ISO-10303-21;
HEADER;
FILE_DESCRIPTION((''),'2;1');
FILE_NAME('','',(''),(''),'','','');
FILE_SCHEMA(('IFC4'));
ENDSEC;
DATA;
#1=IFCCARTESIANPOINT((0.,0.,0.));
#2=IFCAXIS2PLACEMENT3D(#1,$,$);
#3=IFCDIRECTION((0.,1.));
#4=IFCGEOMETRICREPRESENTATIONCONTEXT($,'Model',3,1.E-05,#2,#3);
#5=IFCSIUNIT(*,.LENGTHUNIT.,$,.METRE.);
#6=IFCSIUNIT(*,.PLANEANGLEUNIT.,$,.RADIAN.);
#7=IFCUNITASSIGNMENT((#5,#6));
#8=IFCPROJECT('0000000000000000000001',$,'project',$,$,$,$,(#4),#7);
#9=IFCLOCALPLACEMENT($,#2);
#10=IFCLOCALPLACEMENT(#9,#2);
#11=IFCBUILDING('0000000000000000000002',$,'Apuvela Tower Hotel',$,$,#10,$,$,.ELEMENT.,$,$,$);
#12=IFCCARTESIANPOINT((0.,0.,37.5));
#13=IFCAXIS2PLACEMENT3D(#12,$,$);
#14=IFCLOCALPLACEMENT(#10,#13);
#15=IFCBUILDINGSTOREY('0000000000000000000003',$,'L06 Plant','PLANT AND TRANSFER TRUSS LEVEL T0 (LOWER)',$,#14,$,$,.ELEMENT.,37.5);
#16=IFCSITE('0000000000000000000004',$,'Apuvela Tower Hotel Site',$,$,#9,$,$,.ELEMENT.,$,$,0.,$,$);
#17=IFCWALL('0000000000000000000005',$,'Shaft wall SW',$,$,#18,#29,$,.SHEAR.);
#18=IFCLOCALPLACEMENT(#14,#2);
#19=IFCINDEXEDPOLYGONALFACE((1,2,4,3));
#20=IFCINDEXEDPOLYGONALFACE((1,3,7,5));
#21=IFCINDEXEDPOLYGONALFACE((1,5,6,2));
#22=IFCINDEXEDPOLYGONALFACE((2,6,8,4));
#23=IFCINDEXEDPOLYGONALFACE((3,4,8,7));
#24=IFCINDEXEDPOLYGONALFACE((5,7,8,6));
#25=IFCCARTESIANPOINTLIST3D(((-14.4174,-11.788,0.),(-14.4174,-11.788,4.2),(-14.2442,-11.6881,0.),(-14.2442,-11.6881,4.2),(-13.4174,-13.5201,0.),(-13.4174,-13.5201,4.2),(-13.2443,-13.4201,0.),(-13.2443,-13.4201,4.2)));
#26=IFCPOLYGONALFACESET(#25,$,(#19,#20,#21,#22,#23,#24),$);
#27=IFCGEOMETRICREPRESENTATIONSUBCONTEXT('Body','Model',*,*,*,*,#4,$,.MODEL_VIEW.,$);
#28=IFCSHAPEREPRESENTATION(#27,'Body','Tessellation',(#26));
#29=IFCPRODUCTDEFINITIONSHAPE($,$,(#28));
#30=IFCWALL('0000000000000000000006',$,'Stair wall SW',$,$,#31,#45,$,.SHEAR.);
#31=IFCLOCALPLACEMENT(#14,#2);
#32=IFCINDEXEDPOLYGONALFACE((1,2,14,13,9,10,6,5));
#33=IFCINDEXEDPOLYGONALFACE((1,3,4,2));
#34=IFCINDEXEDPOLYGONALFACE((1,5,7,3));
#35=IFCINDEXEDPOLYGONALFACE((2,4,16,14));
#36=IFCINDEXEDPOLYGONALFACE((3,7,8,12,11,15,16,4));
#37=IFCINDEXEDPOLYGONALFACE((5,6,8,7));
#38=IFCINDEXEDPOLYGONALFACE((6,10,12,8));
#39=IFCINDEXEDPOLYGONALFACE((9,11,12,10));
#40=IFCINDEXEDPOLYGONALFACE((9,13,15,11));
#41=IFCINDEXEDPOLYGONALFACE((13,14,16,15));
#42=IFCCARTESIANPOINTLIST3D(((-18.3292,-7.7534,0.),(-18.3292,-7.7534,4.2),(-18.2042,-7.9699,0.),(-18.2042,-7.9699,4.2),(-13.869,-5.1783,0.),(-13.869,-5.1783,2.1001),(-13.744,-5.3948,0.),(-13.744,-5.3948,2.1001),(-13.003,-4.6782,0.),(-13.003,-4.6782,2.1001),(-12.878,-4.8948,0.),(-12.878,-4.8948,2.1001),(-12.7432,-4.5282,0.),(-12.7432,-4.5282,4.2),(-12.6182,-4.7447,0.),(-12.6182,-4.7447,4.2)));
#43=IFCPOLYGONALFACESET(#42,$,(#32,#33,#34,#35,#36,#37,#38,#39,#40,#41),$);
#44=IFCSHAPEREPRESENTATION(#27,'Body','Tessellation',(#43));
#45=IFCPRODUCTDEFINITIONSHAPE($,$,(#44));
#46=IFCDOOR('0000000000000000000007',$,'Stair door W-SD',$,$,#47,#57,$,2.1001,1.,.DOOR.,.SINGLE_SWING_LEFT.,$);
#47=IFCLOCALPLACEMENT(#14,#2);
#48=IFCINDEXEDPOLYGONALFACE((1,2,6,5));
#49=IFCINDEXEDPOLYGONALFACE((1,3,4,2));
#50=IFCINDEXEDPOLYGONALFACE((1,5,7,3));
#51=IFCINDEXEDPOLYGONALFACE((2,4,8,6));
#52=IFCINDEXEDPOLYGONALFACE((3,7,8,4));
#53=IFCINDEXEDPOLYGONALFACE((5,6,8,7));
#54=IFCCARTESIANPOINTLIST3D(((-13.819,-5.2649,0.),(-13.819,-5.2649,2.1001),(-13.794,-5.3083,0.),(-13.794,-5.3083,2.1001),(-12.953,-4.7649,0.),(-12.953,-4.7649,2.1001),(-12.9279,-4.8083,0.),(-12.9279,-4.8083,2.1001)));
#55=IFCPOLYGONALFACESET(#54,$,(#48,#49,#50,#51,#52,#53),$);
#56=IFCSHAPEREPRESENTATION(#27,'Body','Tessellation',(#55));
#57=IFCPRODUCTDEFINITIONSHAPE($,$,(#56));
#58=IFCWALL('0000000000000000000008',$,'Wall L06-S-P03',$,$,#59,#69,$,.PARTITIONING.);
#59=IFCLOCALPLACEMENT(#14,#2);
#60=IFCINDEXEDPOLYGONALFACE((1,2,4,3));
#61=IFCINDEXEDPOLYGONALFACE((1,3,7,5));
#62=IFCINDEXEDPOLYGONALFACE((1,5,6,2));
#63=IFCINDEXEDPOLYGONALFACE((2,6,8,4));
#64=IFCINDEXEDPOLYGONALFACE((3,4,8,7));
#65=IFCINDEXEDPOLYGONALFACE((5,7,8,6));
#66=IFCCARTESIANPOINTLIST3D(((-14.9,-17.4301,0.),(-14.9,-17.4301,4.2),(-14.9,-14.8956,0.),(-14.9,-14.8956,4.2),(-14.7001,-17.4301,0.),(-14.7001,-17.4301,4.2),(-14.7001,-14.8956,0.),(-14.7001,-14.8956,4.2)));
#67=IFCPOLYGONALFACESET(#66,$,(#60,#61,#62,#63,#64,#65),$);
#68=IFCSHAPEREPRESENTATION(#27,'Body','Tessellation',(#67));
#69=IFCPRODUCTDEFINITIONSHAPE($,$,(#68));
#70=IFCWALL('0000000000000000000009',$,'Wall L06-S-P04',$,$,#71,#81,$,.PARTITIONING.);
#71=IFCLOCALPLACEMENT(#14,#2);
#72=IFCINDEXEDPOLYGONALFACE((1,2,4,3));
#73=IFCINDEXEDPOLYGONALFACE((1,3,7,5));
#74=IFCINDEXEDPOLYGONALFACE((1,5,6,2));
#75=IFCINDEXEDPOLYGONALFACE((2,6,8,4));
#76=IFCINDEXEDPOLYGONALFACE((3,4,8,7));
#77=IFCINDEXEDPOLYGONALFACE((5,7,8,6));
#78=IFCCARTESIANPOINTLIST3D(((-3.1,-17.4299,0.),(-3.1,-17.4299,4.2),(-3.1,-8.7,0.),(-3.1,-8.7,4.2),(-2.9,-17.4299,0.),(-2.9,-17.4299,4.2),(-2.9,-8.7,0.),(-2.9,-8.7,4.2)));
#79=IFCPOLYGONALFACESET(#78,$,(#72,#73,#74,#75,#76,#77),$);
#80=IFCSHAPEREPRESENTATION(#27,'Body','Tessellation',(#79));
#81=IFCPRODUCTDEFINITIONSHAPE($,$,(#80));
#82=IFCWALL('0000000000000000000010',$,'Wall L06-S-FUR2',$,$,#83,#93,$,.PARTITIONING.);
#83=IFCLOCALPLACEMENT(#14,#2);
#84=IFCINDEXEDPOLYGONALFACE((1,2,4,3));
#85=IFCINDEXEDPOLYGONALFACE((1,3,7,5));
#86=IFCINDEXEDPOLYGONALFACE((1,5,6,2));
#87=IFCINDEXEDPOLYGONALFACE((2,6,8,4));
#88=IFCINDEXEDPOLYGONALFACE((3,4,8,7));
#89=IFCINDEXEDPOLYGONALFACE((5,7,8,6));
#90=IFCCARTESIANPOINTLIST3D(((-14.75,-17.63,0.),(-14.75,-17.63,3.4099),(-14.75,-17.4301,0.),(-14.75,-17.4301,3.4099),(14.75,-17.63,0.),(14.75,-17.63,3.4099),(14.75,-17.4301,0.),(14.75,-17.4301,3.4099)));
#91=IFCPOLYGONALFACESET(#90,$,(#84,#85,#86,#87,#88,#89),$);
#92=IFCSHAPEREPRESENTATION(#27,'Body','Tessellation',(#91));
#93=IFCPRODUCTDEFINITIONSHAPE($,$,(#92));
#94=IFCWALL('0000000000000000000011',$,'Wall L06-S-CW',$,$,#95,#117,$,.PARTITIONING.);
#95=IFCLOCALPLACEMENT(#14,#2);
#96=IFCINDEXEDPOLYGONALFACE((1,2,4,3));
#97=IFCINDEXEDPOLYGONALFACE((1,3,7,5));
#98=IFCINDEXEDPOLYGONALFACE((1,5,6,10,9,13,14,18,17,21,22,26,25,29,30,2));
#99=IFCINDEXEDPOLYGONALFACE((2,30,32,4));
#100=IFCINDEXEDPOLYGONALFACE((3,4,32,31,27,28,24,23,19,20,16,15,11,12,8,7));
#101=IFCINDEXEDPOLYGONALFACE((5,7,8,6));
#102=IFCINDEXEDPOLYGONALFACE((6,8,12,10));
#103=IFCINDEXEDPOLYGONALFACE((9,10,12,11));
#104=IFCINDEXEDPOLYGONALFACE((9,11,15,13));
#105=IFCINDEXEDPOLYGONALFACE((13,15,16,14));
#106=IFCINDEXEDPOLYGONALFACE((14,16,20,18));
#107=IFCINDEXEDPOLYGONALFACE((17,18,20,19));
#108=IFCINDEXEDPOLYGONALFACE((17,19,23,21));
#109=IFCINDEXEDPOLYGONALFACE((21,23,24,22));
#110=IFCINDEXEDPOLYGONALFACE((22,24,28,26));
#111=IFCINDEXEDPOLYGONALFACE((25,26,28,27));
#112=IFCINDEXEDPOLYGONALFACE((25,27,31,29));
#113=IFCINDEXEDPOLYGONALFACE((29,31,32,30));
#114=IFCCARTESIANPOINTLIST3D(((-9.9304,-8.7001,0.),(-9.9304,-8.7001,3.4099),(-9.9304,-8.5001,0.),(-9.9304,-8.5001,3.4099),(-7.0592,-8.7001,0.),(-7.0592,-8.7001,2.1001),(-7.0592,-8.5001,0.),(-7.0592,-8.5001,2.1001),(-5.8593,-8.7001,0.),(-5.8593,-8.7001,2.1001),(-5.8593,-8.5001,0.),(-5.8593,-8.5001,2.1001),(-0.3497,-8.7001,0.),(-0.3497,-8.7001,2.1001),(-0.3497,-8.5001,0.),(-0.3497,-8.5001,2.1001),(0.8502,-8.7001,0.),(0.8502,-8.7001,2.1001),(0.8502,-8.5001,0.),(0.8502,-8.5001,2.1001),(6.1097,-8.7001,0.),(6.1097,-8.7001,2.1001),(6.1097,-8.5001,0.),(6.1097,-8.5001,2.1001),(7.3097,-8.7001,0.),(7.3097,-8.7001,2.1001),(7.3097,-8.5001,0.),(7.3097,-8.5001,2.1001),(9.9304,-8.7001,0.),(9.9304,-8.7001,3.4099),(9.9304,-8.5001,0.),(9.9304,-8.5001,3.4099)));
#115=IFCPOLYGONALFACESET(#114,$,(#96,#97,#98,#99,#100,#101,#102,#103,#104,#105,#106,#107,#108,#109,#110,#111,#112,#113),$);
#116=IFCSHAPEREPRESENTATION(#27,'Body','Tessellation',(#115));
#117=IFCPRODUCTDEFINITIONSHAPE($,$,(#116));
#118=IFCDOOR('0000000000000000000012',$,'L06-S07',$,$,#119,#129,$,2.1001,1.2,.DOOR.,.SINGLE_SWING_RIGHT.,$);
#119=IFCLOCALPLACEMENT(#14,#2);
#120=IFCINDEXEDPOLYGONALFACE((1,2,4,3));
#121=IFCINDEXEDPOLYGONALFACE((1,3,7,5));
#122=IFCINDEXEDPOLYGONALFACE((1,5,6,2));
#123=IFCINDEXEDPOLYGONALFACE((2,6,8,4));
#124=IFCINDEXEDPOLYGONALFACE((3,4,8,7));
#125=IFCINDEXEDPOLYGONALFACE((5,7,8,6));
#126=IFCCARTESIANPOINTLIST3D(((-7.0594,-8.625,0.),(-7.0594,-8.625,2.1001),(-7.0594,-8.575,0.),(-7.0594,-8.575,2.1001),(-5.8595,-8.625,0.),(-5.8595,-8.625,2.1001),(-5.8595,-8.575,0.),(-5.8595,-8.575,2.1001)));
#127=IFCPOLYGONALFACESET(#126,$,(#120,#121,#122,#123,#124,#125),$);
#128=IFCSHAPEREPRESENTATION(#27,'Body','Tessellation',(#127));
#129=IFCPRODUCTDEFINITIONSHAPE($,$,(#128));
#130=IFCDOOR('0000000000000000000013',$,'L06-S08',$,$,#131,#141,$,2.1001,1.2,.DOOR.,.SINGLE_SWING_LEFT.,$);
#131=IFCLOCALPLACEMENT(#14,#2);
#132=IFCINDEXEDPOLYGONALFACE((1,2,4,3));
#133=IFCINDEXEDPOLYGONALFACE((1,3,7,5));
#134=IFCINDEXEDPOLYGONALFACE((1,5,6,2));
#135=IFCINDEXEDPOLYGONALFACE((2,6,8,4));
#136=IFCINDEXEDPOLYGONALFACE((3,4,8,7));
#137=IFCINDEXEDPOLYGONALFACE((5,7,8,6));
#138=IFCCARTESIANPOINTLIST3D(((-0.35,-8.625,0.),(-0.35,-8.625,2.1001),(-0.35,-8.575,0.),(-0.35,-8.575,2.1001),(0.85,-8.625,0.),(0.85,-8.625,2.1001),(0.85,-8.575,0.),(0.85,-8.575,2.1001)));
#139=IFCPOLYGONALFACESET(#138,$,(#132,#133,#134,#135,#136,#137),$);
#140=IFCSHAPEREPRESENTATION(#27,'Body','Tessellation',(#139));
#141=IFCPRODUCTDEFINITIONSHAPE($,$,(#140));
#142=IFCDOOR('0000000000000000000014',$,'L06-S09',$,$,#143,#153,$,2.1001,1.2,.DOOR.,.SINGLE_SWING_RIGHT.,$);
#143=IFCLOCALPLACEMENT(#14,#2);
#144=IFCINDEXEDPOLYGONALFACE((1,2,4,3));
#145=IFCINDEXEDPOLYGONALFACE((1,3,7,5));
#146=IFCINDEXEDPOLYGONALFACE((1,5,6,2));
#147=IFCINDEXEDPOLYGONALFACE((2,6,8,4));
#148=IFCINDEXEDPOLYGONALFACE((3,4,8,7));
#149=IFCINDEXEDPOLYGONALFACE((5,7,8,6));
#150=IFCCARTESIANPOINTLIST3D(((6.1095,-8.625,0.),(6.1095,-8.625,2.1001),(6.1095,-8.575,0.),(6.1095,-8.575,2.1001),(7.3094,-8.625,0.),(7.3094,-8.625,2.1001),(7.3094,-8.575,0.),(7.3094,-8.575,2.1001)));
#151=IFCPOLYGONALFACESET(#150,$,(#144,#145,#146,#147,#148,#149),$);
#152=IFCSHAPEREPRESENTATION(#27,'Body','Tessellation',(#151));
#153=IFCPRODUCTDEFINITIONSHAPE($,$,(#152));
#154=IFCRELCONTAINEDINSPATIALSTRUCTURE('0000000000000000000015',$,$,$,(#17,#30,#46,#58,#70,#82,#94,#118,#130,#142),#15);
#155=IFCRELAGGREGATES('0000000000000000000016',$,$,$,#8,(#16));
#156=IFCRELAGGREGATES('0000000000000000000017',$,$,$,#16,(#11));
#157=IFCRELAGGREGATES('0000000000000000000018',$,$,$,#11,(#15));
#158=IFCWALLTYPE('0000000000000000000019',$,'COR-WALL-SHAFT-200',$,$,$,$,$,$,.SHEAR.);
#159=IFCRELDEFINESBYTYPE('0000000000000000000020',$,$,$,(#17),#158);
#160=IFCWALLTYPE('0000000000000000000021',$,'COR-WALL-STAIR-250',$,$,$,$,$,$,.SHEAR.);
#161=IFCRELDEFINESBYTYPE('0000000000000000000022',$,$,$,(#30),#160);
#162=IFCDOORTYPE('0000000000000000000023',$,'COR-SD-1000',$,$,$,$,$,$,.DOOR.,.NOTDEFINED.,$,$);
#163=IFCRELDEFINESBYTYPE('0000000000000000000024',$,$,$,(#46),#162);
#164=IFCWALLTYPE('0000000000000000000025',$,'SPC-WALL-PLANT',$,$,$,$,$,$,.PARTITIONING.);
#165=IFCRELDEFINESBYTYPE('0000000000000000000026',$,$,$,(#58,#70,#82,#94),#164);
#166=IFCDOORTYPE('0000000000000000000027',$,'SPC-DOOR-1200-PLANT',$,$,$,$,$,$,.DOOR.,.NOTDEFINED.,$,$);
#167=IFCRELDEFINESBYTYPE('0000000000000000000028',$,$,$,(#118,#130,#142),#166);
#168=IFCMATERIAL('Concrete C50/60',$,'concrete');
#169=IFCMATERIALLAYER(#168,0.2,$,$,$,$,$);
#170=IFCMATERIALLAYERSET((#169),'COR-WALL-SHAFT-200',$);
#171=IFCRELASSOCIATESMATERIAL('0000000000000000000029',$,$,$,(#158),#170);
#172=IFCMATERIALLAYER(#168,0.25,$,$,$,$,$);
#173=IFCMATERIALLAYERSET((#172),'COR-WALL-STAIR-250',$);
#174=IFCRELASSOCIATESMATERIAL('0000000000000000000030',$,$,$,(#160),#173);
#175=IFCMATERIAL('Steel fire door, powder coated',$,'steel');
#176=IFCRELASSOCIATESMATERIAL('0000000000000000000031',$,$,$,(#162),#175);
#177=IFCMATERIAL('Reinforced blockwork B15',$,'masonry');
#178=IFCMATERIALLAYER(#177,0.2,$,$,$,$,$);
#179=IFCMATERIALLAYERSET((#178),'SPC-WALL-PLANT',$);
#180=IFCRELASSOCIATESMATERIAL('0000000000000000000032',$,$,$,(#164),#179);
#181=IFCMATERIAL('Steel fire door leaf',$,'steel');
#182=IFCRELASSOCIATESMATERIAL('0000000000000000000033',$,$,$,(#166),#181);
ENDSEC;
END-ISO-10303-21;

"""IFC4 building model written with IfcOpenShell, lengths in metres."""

from ifc_helpers import new_model, si_unit, direction, frame, frame_2d, origin, place, context, subcontext, project, spatial, rectangle, extrude, material, layer, layer_set, type_object, element, fill, save


model = new_model("IFC4")

# Units and contexts
model_context = context("Model", 3, precision=1e-05, world=origin(), true_north=direction((0.0, 1.0)))
body_context = subcontext(model_context, "Body", "Model", "MODEL_VIEW")
ifc_project = project(units=[si_unit("LENGTHUNIT", "METRE"), si_unit("PLANEANGLEUNIT", "RADIAN")], contexts=[model_context])

# Site, building, storey
site_placement = place(None, origin())
site = spatial("IfcSite", under=ifc_project, at=site_placement, Name="Apuvela Tower Hotel Site", CompositionType="ELEMENT", RefElevation=0.0)
building_placement = place(site_placement, origin())
building = spatial("IfcBuilding", under=site, at=building_placement, Name="Apuvela Tower Hotel", CompositionType="ELEMENT")
storey_placement = place(building_placement, frame((0.0, 0.0, 37.5)))
storey = spatial("IfcBuildingStorey", under=building, at=storey_placement, Name="L06 Plant", Description="PLANT AND TRANSFER TRUSS LEVEL T0 (LOWER)", CompositionType="ELEMENT", Elevation=37.5)

# Shared definitions
ifc_material_1 = material(Name="Concrete C50/60", Category="concrete")

# Shared definitions
ifc_layer_1 = layer(ifc_material_1, 0.2)
ifc_layer_set_1 = layer_set([ifc_layer_1], Name="COR-WALL-SHAFT-200")
wall_type_1 = type_object("IfcWallType", Name="COR-WALL-SHAFT-200", PredefinedType="SHEAR", material=ifc_layer_set_1)

# Shared definitions
ifc_material_2 = material(Name="Steel fire door, powder coated", Category="steel")

# Wall
wall_1_placement = place(storey_placement, frame((-14.3308, -11.738, 0.0), z_axis=(0.0, 0.0, 1.0), x_axis=(0.499973, -0.866041, 0.0)))
element("IfcWall", 1, at=wall_1_placement, inside=storey, type_object=wall_type_1, Name="Shaft wall SW", PredefinedType="SHEAR", context=body_context, shape_type="SweptSolid", body=[
    extrude(rectangle(XDim=2.0, YDim=0.2, at=frame_2d((1.0, 0.0))), origin(), (0.0, 0.0, 1.0), 4.2),
])

# Wall, opening, door
ifc_layer_2 = layer(ifc_material_1, 0.25)
ifc_layer_set_2 = layer_set([ifc_layer_2], Name="COR-WALL-STAIR-250")
wall_type_2 = type_object("IfcWallType", Name="COR-WALL-STAIR-250", PredefinedType="SHEAR", material=ifc_layer_set_2)
wall_2_placement = place(storey_placement, frame((-12.6807, -4.6365, 0.0), z_axis=(0.0, 0.0, 1.0), x_axis=(-0.866022, -0.500006, 0.0)))
wall_2 = element("IfcWall", 2, at=wall_2_placement, inside=storey, type_object=wall_type_2, Name="Stair wall SW", PredefinedType="SHEAR", context=body_context, shape_type="SweptSolid", body=[
    extrude(rectangle(XDim=6.4502, YDim=0.25, at=frame_2d((3.2251, 0.0))), origin(), (0.0, 0.0, 1.0), 4.2),
])
opening_1_placement = place(wall_2_placement, frame((0.3, 0.0, 0.0)))
opening_1 = element("IfcOpeningElement", 3, at=opening_1_placement, cuts=wall_2, PredefinedType="OPENING", context=body_context, shape_type="SweptSolid", body=[
    extrude(rectangle(XDim=1.0, YDim=2.1001, at=frame_2d((0.5, 1.05))), frame((0.0, 0.135, 0.0), z_axis=(0.0, -1.0, 0.0), x_axis=(1.0, 0.0, 0.0)), (0.0, 0.0, 1.0), 0.27),
])
door_type_1 = type_object("IfcDoorType", Name="COR-SD-1000", OperationType="NOTDEFINED", PredefinedType="DOOR", material=ifc_material_2)
door_1_placement = place(opening_1_placement, frame((1.0, 0.0, 0.0), z_axis=(0.0, 0.0, 1.0), x_axis=(-1.0, 0.0, 0.0)))
door_1 = element("IfcDoor", 4, at=door_1_placement, inside=storey, type_object=door_type_1, Name="Stair door W-SD", OperationType="SINGLE_SWING_LEFT", OverallHeight=2.1001, OverallWidth=1.0, PredefinedType="DOOR", context=body_context, shape_type="SweptSolid", body=[
    extrude(rectangle(XDim=1.0, YDim=2.1001, at=frame_2d((0.5, 1.05))), frame((0.0, 0.0249, 0.0), z_axis=(0.0, -1.0, 0.0), x_axis=(1.0, 0.0, 0.0)), (0.0, 0.0, 1.0), 0.05),
])
fill(opening_1, door_1)

# Walls
ifc_material_3 = material(Name="Reinforced blockwork B15", Category="masonry")
ifc_layer_3 = layer(ifc_material_3, 0.2)
ifc_layer_set_3 = layer_set([ifc_layer_3], Name="SPC-WALL-PLANT")
wall_type_3 = type_object("IfcWallType", Name="SPC-WALL-PLANT", PredefinedType="PARTITIONING", material=ifc_layer_set_3)
wall_3_placement = place(storey_placement, frame((-14.8, -17.4299, 0.0), z_axis=(0.0, 0.0, 1.0), x_axis=(0.0, 1.0, 0.0)))
element("IfcWall", 5, at=wall_3_placement, inside=storey, type_object=wall_type_3, Name="Wall L06-S-P03", PredefinedType="PARTITIONING", context=body_context, shape_type="SweptSolid", body=[
    extrude(rectangle(XDim=2.5344, YDim=0.2, at=frame_2d((1.2671, 0.0))), origin(), (0.0, 0.0, 1.0), 4.2),
])
wall_4_placement = place(storey_placement, frame((-3.0, -17.4299, 0.0), z_axis=(0.0, 0.0, 1.0), x_axis=(0.0, 1.0, 0.0)))
element("IfcWall", 6, at=wall_4_placement, inside=storey, type_object=wall_type_3, Name="Wall L06-S-P04", PredefinedType="PARTITIONING", context=body_context, shape_type="SweptSolid", body=[
    extrude(rectangle(XDim=8.73, YDim=0.2, at=frame_2d((4.365, 0.0))), origin(), (0.0, 0.0, 1.0), 4.2),
])
wall_5_placement = place(storey_placement, frame((-14.75, -17.53, 0.0), z_axis=(0.0, 0.0, 1.0), x_axis=(1.0, 0.0, 0.0)))
element("IfcWall", 7, at=wall_5_placement, inside=storey, type_object=wall_type_3, Name="Wall L06-S-FUR2", PredefinedType="PARTITIONING", context=body_context, shape_type="SweptSolid", body=[
    extrude(rectangle(XDim=29.5, YDim=0.2, at=frame_2d((14.75, 0.0))), origin(), (0.0, 0.0, 1.0), 3.4099),
])

# Wall, openings, doors
wall_6_placement = place(storey_placement, frame((-9.9304, -8.6001, 0.0), z_axis=(0.0, 0.0, 1.0), x_axis=(1.0, 0.0, 0.0)))
wall_6 = element("IfcWall", 8, at=wall_6_placement, inside=storey, type_object=wall_type_3, Name="Wall L06-S-CW", PredefinedType="PARTITIONING", context=body_context, shape_type="SweptSolid", body=[
    extrude(rectangle(XDim=19.8608, YDim=0.2, at=frame_2d((9.9304, 0.0))), origin(), (0.0, 0.0, 1.0), 3.4099),
])
opening_2_placement = place(wall_6_placement, frame((2.8711, 0.0, 0.0)))
opening_2 = element("IfcOpeningElement", 9, at=opening_2_placement, cuts=wall_6, PredefinedType="OPENING", context=body_context, shape_type="SweptSolid", body=[
    extrude(rectangle(XDim=1.2, YDim=2.1001, at=frame_2d((0.6001, 1.05))), frame((0.0, 0.1099, 0.0), z_axis=(0.0, -1.0, 0.0), x_axis=(1.0, 0.0, 0.0)), (0.0, 0.0, 1.0), 0.22),
])
opening_3_placement = place(wall_6_placement, frame((9.5806, 0.0, 0.0)))
opening_3 = element("IfcOpeningElement", 10, at=opening_3_placement, cuts=wall_6, PredefinedType="OPENING", context=body_context, shape_type="SweptSolid", body=[
    extrude(rectangle(XDim=1.2, YDim=2.1001, at=frame_2d((0.6001, 1.05))), frame((0.0, 0.1099, 0.0), z_axis=(0.0, -1.0, 0.0), x_axis=(1.0, 0.0, 0.0)), (0.0, 0.0, 1.0), 0.22),
])
opening_4_placement = place(wall_6_placement, frame((16.04, 0.0, 0.0)))
opening_4 = element("IfcOpeningElement", 11, at=opening_4_placement, cuts=wall_6, PredefinedType="OPENING", context=body_context, shape_type="SweptSolid", body=[
    extrude(rectangle(XDim=1.2, YDim=2.1001, at=frame_2d((0.6001, 1.05))), frame((0.0, 0.1099, 0.0), z_axis=(0.0, -1.0, 0.0), x_axis=(1.0, 0.0, 0.0)), (0.0, 0.0, 1.0), 0.22),
])
ifc_material_4 = material(Name="Steel fire door leaf", Category="steel")
door_type_2 = type_object("IfcDoorType", Name="SPC-DOOR-1200-PLANT", OperationType="NOTDEFINED", PredefinedType="DOOR", material=ifc_material_4)
door_2_placement = place(opening_2_placement, frame((1.2, 0.0, 0.0), z_axis=(0.0, 0.0, 1.0), x_axis=(-1.0, 0.0, 0.0)))
door_2 = element("IfcDoor", 12, at=door_2_placement, inside=storey, type_object=door_type_2, Name="L06-S07", OperationType="SINGLE_SWING_RIGHT", OverallHeight=2.1001, OverallWidth=1.2, PredefinedType="DOOR", context=body_context, shape_type="SweptSolid", body=[
    extrude(rectangle(XDim=1.2, YDim=2.1001, at=frame_2d((0.6001, 1.05))), frame((0.0, 0.0249, 0.0), z_axis=(0.0, -1.0, 0.0), x_axis=(1.0, 0.0, 0.0)), (0.0, 0.0, 1.0), 0.05),
])
fill(opening_2, door_2)
door_3_placement = place(opening_3_placement, frame((1.2, 0.0, 0.0), z_axis=(0.0, 0.0, 1.0), x_axis=(-1.0, 0.0, 0.0)))
door_3 = element("IfcDoor", 13, at=door_3_placement, inside=storey, type_object=door_type_2, Name="L06-S08", OperationType="SINGLE_SWING_LEFT", OverallHeight=2.1001, OverallWidth=1.2, PredefinedType="DOOR", context=body_context, shape_type="SweptSolid", body=[
    extrude(rectangle(XDim=1.2, YDim=2.1001, at=frame_2d((0.6001, 1.05))), frame((0.0, 0.0249, 0.0), z_axis=(0.0, -1.0, 0.0), x_axis=(1.0, 0.0, 0.0)), (0.0, 0.0, 1.0), 0.05),
])
fill(opening_3, door_3)
door_4_placement = place(opening_4_placement, frame((1.2, 0.0, 0.0), z_axis=(0.0, 0.0, 1.0), x_axis=(-1.0, 0.0, 0.0)))
door_4 = element("IfcDoor", 14, at=door_4_placement, inside=storey, type_object=door_type_2, Name="L06-S09", OperationType="SINGLE_SWING_RIGHT", OverallHeight=2.1001, OverallWidth=1.2, PredefinedType="DOOR", context=body_context, shape_type="SweptSolid", body=[
    extrude(rectangle(XDim=1.2, YDim=2.1001, at=frame_2d((0.6001, 1.05))), frame((0.0, 0.0249, 0.0), z_axis=(0.0, -1.0, 0.0), x_axis=(1.0, 0.0, 0.0)), (0.0, 0.0, 1.0), 0.05),
])
fill(opening_4, door_4)

save(model, "model.ifc")
